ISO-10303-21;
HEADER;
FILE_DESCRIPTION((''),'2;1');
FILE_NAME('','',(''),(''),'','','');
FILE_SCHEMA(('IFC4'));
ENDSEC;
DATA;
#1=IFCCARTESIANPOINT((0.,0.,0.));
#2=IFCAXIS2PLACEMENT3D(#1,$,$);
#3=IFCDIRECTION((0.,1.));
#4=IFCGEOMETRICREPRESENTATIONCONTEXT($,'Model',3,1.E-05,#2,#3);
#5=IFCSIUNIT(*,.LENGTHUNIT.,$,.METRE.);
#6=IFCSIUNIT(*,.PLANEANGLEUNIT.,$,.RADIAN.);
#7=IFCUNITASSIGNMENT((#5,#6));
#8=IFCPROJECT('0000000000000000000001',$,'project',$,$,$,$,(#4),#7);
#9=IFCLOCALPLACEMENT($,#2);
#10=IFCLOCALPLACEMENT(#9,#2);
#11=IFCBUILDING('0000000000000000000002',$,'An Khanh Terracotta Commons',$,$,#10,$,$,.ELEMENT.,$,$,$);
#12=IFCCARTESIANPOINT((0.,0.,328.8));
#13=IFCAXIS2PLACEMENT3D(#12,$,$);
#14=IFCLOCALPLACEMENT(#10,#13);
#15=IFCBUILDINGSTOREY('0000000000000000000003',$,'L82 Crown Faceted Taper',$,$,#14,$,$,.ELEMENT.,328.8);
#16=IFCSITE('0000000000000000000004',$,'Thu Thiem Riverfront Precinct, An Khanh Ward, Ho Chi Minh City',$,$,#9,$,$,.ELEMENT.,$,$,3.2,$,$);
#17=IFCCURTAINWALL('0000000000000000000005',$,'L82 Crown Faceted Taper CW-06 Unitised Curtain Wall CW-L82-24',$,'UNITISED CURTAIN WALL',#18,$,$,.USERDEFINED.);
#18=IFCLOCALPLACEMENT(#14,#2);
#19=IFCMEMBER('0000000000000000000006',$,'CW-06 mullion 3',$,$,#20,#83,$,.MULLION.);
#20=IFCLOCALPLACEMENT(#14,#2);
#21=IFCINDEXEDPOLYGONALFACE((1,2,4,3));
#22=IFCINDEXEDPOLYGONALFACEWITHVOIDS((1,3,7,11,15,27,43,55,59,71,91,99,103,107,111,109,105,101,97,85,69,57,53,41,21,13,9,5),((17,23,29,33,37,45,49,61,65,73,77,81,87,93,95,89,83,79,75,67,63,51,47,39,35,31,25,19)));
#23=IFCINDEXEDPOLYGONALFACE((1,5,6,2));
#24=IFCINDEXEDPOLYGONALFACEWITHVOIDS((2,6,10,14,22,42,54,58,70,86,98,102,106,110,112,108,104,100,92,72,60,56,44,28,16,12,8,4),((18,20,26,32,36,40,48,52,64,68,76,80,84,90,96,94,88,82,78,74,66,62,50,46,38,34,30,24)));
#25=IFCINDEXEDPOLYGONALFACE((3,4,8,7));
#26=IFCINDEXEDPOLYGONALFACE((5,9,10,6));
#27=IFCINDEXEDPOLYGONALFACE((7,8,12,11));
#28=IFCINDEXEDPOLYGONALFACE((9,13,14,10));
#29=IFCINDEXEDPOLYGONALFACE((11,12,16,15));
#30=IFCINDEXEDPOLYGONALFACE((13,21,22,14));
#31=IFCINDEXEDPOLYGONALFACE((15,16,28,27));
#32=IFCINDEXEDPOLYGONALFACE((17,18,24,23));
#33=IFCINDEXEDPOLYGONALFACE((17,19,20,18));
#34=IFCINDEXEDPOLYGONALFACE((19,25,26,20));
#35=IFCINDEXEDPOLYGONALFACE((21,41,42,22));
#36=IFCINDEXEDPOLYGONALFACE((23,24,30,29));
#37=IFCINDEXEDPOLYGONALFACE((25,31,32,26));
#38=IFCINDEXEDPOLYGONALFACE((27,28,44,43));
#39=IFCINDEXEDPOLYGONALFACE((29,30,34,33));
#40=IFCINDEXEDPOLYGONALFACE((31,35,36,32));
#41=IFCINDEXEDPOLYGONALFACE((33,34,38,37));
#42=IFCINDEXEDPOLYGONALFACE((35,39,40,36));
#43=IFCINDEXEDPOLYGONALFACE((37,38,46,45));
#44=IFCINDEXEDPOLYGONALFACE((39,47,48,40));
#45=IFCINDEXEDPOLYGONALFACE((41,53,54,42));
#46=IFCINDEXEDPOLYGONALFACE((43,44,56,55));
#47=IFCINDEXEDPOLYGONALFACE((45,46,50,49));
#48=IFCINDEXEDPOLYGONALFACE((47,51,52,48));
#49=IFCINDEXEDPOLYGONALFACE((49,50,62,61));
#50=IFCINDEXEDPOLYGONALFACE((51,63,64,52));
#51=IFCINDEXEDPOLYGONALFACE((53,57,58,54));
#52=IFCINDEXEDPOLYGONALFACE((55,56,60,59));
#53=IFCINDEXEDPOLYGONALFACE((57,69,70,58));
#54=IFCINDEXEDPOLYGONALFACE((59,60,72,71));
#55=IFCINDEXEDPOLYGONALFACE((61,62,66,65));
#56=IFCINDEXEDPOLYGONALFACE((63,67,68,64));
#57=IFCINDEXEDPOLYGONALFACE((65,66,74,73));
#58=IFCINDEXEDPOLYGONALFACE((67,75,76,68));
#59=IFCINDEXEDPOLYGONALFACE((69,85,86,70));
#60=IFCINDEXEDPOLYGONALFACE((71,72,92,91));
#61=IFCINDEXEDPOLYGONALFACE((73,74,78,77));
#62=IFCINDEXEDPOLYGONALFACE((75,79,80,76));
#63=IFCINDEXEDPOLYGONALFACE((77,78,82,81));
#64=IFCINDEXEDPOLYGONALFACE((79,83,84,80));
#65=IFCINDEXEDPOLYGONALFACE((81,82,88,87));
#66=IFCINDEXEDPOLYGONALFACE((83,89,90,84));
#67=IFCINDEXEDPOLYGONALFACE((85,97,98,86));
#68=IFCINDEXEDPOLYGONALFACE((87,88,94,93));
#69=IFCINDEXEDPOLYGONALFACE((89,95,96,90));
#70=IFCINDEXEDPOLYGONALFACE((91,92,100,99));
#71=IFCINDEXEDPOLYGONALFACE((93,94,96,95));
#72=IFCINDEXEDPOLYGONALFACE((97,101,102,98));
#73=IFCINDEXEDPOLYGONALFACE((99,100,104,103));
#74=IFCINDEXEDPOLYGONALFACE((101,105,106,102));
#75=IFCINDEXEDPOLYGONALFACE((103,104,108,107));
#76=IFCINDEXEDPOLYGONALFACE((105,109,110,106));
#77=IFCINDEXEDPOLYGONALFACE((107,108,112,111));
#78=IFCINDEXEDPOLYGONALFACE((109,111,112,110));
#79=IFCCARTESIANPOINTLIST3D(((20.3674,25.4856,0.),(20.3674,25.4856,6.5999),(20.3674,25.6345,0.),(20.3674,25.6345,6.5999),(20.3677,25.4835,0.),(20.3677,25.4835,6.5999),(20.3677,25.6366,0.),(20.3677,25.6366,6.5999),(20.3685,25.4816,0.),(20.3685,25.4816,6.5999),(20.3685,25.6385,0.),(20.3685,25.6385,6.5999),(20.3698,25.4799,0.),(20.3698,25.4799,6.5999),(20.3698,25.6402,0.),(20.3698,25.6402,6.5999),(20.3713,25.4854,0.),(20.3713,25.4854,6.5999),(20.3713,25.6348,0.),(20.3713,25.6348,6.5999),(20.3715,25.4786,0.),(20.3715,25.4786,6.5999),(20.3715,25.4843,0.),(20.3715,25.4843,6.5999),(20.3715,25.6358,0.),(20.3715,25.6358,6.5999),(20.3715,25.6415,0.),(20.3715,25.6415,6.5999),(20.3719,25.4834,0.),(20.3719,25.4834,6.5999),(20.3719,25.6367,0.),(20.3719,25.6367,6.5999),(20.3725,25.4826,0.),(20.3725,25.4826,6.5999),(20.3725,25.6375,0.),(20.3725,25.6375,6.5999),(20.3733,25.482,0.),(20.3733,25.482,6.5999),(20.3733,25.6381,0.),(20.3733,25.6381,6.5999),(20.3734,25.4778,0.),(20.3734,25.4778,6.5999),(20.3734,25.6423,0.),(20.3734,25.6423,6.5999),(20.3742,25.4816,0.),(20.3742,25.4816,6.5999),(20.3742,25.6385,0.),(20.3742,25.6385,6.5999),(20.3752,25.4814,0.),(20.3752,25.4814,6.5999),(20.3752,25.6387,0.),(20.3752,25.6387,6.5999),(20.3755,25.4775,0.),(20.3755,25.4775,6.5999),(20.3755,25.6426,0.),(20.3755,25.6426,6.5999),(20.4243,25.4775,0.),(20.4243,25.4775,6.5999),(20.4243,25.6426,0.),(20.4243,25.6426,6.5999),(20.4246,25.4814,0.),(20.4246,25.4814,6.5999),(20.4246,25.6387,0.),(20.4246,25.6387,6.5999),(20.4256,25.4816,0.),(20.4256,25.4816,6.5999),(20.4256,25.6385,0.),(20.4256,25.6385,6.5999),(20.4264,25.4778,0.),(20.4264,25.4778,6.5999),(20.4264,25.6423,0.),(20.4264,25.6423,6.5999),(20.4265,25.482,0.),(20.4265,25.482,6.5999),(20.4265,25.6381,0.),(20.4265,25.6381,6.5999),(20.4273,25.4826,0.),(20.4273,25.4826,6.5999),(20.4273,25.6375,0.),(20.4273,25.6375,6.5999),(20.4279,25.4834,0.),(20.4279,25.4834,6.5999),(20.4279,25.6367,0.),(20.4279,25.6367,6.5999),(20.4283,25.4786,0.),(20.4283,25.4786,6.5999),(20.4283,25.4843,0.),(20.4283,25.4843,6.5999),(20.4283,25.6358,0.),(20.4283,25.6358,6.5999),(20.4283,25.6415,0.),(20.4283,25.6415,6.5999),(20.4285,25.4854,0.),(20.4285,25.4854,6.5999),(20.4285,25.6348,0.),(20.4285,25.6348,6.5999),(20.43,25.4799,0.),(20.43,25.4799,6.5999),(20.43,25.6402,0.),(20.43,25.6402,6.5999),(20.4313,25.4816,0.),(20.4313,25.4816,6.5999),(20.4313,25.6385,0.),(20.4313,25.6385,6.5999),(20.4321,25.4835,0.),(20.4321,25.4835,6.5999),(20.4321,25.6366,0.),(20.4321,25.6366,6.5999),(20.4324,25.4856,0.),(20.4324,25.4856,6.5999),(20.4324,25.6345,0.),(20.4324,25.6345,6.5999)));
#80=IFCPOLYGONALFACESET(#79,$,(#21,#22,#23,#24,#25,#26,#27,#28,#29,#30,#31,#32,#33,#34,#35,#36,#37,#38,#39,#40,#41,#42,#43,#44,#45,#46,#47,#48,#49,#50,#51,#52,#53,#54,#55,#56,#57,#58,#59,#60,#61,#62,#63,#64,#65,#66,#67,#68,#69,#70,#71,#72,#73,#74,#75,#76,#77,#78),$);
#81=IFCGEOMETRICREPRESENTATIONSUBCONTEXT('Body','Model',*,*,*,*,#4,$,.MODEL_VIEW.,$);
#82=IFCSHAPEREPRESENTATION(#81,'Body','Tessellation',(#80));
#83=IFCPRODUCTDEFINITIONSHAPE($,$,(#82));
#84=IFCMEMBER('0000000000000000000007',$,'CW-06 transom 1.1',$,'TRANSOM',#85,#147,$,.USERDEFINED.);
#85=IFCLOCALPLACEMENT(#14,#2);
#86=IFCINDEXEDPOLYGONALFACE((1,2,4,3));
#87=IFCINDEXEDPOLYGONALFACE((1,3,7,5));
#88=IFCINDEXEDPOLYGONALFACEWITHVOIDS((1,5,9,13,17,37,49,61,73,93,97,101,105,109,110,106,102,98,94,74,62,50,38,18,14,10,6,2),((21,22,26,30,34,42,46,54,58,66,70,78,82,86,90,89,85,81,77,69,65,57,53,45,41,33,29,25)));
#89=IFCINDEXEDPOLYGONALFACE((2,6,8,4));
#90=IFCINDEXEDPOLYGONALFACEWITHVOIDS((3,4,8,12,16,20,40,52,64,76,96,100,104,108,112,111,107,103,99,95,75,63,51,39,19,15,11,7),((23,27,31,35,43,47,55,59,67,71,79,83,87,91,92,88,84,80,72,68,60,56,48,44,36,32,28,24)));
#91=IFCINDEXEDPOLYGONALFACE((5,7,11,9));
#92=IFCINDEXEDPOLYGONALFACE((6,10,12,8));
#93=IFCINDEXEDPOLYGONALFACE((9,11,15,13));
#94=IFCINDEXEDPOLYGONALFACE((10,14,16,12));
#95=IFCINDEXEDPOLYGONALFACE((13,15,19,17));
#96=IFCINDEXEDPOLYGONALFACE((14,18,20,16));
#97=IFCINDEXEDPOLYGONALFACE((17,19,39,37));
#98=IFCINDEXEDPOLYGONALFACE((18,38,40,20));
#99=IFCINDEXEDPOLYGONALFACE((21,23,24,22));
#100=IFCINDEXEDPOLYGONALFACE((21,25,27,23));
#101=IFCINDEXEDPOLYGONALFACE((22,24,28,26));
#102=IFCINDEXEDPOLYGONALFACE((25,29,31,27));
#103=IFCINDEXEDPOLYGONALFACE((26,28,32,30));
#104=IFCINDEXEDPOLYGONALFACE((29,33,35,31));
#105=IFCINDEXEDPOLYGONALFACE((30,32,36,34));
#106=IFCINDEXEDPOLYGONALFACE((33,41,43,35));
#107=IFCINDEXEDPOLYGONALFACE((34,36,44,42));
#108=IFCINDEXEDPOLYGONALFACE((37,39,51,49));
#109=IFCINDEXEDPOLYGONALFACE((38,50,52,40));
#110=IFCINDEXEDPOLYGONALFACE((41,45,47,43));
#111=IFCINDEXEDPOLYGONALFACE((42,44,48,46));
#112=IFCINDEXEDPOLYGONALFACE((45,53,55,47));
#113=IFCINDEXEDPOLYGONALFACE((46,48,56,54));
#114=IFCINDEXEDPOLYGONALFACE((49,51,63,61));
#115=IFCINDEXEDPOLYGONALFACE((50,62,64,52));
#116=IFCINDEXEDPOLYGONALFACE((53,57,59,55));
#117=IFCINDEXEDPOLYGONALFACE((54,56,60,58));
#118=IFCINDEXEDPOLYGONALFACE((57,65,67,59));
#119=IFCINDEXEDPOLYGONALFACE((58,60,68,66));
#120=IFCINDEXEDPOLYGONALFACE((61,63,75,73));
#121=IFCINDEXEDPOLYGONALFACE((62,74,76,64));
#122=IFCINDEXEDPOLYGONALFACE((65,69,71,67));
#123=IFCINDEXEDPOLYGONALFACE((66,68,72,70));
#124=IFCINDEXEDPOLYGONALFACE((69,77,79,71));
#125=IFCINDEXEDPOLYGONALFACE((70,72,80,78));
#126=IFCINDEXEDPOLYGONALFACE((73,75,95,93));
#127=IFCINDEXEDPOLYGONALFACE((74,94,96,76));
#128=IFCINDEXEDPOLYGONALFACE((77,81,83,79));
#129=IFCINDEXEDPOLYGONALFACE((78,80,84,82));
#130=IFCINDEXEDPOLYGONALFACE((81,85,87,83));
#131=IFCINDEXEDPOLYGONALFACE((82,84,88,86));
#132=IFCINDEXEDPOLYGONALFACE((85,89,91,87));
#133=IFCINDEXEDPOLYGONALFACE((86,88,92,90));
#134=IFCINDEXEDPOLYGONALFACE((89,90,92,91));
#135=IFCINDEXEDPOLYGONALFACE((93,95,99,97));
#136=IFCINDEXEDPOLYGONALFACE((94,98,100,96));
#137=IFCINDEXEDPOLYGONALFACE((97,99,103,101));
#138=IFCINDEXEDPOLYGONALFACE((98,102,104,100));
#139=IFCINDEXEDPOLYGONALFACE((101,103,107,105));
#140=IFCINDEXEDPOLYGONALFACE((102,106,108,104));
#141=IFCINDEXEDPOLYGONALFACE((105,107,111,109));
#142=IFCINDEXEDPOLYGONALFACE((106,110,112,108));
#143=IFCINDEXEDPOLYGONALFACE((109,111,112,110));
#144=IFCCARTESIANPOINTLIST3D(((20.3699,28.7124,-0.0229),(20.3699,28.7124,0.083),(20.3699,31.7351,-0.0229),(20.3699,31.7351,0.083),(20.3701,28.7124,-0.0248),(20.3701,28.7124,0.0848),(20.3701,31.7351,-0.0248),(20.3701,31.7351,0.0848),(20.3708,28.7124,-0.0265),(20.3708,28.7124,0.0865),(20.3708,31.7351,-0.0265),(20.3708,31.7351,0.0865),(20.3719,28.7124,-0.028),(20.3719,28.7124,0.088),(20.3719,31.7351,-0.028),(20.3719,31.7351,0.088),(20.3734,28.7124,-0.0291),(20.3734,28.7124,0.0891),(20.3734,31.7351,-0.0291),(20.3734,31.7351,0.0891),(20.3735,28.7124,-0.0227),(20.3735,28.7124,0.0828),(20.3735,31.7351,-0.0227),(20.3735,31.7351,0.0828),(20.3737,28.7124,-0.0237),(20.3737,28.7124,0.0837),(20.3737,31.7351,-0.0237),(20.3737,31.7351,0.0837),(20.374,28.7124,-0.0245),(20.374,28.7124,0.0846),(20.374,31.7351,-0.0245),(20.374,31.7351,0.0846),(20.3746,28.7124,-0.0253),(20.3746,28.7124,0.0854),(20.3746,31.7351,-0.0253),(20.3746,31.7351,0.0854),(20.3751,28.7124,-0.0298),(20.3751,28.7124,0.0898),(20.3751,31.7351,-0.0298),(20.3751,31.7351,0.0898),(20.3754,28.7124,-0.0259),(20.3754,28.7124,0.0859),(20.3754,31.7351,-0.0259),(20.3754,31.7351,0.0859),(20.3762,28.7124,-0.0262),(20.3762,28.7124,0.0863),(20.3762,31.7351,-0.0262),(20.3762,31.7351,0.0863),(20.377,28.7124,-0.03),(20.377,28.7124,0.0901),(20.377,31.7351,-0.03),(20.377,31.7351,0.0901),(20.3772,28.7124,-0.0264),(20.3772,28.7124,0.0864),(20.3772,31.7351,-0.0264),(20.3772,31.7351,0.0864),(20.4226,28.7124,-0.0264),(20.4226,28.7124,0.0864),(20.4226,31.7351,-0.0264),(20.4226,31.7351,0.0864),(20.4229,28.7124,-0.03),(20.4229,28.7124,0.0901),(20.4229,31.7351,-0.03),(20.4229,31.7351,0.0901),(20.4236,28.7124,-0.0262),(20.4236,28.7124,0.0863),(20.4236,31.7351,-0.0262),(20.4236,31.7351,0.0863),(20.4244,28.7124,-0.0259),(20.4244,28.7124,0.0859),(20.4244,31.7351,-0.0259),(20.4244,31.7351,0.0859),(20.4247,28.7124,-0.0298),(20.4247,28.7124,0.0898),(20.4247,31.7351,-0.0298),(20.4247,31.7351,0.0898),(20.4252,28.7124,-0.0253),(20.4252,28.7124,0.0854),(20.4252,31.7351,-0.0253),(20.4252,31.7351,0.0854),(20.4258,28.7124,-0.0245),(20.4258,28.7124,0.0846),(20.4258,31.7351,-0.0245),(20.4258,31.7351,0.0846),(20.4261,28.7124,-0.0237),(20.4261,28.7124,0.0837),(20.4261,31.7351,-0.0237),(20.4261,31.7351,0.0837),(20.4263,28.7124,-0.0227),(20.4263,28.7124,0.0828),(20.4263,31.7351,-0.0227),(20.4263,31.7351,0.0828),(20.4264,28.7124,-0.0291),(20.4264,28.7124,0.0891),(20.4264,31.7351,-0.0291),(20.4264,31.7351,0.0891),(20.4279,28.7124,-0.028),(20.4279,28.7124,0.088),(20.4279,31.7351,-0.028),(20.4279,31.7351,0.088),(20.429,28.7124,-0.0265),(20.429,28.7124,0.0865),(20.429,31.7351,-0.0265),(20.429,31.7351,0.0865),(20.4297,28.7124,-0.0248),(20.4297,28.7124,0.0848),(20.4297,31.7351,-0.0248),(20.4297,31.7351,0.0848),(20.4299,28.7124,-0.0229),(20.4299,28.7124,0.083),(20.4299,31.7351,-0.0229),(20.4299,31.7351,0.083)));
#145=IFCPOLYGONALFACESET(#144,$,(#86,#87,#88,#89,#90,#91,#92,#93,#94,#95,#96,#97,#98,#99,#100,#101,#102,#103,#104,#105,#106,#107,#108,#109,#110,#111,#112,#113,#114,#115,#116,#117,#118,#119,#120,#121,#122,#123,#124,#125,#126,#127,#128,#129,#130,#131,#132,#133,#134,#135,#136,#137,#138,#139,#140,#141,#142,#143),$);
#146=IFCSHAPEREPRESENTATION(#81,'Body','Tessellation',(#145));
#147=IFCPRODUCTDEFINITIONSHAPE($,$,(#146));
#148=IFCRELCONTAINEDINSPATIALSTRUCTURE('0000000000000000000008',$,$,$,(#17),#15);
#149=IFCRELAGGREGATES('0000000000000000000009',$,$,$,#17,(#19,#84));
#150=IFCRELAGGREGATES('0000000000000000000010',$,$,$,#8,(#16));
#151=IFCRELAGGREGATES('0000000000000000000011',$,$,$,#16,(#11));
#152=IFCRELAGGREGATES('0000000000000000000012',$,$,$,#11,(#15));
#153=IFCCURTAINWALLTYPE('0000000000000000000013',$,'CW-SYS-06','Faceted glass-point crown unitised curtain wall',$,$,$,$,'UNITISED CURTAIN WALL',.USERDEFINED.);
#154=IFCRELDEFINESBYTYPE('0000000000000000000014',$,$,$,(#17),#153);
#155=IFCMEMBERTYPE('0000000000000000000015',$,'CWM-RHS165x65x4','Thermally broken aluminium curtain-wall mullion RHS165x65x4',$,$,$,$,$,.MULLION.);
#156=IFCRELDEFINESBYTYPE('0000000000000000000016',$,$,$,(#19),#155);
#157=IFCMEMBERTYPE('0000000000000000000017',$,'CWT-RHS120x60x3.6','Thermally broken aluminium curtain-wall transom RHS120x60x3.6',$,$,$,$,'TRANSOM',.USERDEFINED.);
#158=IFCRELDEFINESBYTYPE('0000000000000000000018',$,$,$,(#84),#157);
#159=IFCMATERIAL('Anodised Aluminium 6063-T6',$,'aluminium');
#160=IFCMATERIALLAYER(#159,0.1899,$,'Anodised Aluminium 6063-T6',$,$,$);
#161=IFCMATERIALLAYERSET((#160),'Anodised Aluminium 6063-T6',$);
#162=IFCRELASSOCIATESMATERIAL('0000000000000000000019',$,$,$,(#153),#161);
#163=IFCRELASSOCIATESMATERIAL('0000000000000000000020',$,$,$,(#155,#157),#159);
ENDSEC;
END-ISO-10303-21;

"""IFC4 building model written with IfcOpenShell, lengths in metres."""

from ifc_helpers import new_model, si_unit, direction, frame, origin, origin_2d, place, context, subcontext, project, spatial, hollow_rectangle, extrude, material, layer, layer_set, material_profile, profile_set, type_object, element, aggregate, save


model = new_model("IFC4")

# Units and contexts
model_context = context("Model", 3, precision=1e-05, world=origin(), true_north=direction((0.0, 1.0)))
body_context = subcontext(model_context, "Body", "Model", "MODEL_VIEW")
ifc_project = project(units=[si_unit("LENGTHUNIT", "METRE"), si_unit("PLANEANGLEUNIT", "RADIAN")], contexts=[model_context])

# Site, building, storey
site_placement = place(None, origin())
site = spatial("IfcSite", under=ifc_project, at=site_placement, Name="Thu Thiem Riverfront Precinct, An Khanh Ward, Ho Chi Minh City", CompositionType="ELEMENT", RefElevation=3.2)
building_placement = place(site_placement, origin())
building = spatial("IfcBuilding", under=site, at=building_placement, Name="An Khanh Terracotta Commons", CompositionType="ELEMENT")
storey_placement = place(building_placement, frame((0.0, 0.0, 328.8)))
storey = spatial("IfcBuildingStorey", under=building, at=storey_placement, Name="L82 Crown Faceted Taper", CompositionType="ELEMENT", Elevation=328.8)

# Shared definitions
ifc_material_1 = material(Name="Anodised Aluminium 6063-T6", Category="aluminium")
ifc_layer_1 = layer(ifc_material_1, 0.1899, Name="Anodised Aluminium 6063-T6")
ifc_layer_set_1 = layer_set([ifc_layer_1], Name="Anodised Aluminium 6063-T6")
curtain_wall_type = type_object("IfcCurtainWallType", Name="CW-SYS-06", Description="Faceted glass-point crown unitised curtain wall", ElementType="UNITISED CURTAIN WALL", PredefinedType="USERDEFINED", material=ifc_layer_set_1)
ifc_material_profile_1 = material_profile(ifc_material_1, hollow_rectangle(XDim=0.0649, YDim=0.165, WallThickness=0.0039, InnerFilletRadius=0.0039, OuterFilletRadius=0.0081, at=origin_2d()), Name="RHS165x65x4")
ifc_profile_set_1 = profile_set([ifc_material_profile_1], Name="Anodised Aluminium 6063-T6")
member_type_1 = type_object("IfcMemberType", Name="CWM-RHS165x65x4", Description="Thermally broken aluminium curtain-wall mullion RHS165x65x4", PredefinedType="MULLION", material=ifc_profile_set_1)

# Curtain wall, members
curtain_wall_1_placement = place(storey_placement, origin())
curtain_wall_1 = element("IfcCurtainWall", 1, at=curtain_wall_1_placement, inside=storey, type_object=curtain_wall_type, Name="L82 Crown Faceted Taper CW-06 Unitised Curtain Wall CW-L82-24", ObjectType="UNITISED CURTAIN WALL", PredefinedType="USERDEFINED")
member_1_placement = place(storey_placement, frame((20.3999, 25.5601, 0.0), z_axis=(0.0, 0.0, 1.0), x_axis=(1.0, 0.0, 0.0)))
member_1 = element("IfcMember", 2, at=member_1_placement, type_object=member_type_1, Name="CW-06 mullion 3", PredefinedType="MULLION", context=body_context, shape_type="SweptSolid", body=[
    extrude(hollow_rectangle(XDim=0.0649, YDim=0.165, WallThickness=0.0039, InnerFilletRadius=0.0039, OuterFilletRadius=0.0081, at=origin_2d()), origin(), (0.0, 0.0, 1.0), 6.5999),
])
ifc_material_profile_2 = material_profile(ifc_material_1, hollow_rectangle(XDim=0.0601, YDim=0.1201, WallThickness=0.0037, InnerFilletRadius=0.0037, OuterFilletRadius=0.0071, at=origin_2d()), Name="RHS120x60x3.6")
ifc_profile_set_2 = profile_set([ifc_material_profile_2], Name="Anodised Aluminium 6063-T6")
member_type_2 = type_object("IfcMemberType", Name="CWT-RHS120x60x3.6", Description="Thermally broken aluminium curtain-wall transom RHS120x60x3.6", ElementType="TRANSOM", PredefinedType="USERDEFINED", material=ifc_profile_set_2)
member_2_placement = place(storey_placement, frame((20.3999, 31.7351, 0.03), z_axis=(0.0, -1.0, 0.0), x_axis=(1.0, 0.0, 0.0)))
member_2 = element("IfcMember", 3, at=member_2_placement, type_object=member_type_2, Name="CW-06 transom 1.1", ObjectType="TRANSOM", PredefinedType="USERDEFINED", context=body_context, shape_type="SweptSolid", body=[
    extrude(hollow_rectangle(XDim=0.0601, YDim=0.1201, WallThickness=0.0037, InnerFilletRadius=0.0037, OuterFilletRadius=0.0071, at=origin_2d()), origin(), (0.0, 0.0, 1.0), 3.0227),
])
aggregate(curtain_wall_1, [member_1, member_2])

save(model, "model.ifc")
